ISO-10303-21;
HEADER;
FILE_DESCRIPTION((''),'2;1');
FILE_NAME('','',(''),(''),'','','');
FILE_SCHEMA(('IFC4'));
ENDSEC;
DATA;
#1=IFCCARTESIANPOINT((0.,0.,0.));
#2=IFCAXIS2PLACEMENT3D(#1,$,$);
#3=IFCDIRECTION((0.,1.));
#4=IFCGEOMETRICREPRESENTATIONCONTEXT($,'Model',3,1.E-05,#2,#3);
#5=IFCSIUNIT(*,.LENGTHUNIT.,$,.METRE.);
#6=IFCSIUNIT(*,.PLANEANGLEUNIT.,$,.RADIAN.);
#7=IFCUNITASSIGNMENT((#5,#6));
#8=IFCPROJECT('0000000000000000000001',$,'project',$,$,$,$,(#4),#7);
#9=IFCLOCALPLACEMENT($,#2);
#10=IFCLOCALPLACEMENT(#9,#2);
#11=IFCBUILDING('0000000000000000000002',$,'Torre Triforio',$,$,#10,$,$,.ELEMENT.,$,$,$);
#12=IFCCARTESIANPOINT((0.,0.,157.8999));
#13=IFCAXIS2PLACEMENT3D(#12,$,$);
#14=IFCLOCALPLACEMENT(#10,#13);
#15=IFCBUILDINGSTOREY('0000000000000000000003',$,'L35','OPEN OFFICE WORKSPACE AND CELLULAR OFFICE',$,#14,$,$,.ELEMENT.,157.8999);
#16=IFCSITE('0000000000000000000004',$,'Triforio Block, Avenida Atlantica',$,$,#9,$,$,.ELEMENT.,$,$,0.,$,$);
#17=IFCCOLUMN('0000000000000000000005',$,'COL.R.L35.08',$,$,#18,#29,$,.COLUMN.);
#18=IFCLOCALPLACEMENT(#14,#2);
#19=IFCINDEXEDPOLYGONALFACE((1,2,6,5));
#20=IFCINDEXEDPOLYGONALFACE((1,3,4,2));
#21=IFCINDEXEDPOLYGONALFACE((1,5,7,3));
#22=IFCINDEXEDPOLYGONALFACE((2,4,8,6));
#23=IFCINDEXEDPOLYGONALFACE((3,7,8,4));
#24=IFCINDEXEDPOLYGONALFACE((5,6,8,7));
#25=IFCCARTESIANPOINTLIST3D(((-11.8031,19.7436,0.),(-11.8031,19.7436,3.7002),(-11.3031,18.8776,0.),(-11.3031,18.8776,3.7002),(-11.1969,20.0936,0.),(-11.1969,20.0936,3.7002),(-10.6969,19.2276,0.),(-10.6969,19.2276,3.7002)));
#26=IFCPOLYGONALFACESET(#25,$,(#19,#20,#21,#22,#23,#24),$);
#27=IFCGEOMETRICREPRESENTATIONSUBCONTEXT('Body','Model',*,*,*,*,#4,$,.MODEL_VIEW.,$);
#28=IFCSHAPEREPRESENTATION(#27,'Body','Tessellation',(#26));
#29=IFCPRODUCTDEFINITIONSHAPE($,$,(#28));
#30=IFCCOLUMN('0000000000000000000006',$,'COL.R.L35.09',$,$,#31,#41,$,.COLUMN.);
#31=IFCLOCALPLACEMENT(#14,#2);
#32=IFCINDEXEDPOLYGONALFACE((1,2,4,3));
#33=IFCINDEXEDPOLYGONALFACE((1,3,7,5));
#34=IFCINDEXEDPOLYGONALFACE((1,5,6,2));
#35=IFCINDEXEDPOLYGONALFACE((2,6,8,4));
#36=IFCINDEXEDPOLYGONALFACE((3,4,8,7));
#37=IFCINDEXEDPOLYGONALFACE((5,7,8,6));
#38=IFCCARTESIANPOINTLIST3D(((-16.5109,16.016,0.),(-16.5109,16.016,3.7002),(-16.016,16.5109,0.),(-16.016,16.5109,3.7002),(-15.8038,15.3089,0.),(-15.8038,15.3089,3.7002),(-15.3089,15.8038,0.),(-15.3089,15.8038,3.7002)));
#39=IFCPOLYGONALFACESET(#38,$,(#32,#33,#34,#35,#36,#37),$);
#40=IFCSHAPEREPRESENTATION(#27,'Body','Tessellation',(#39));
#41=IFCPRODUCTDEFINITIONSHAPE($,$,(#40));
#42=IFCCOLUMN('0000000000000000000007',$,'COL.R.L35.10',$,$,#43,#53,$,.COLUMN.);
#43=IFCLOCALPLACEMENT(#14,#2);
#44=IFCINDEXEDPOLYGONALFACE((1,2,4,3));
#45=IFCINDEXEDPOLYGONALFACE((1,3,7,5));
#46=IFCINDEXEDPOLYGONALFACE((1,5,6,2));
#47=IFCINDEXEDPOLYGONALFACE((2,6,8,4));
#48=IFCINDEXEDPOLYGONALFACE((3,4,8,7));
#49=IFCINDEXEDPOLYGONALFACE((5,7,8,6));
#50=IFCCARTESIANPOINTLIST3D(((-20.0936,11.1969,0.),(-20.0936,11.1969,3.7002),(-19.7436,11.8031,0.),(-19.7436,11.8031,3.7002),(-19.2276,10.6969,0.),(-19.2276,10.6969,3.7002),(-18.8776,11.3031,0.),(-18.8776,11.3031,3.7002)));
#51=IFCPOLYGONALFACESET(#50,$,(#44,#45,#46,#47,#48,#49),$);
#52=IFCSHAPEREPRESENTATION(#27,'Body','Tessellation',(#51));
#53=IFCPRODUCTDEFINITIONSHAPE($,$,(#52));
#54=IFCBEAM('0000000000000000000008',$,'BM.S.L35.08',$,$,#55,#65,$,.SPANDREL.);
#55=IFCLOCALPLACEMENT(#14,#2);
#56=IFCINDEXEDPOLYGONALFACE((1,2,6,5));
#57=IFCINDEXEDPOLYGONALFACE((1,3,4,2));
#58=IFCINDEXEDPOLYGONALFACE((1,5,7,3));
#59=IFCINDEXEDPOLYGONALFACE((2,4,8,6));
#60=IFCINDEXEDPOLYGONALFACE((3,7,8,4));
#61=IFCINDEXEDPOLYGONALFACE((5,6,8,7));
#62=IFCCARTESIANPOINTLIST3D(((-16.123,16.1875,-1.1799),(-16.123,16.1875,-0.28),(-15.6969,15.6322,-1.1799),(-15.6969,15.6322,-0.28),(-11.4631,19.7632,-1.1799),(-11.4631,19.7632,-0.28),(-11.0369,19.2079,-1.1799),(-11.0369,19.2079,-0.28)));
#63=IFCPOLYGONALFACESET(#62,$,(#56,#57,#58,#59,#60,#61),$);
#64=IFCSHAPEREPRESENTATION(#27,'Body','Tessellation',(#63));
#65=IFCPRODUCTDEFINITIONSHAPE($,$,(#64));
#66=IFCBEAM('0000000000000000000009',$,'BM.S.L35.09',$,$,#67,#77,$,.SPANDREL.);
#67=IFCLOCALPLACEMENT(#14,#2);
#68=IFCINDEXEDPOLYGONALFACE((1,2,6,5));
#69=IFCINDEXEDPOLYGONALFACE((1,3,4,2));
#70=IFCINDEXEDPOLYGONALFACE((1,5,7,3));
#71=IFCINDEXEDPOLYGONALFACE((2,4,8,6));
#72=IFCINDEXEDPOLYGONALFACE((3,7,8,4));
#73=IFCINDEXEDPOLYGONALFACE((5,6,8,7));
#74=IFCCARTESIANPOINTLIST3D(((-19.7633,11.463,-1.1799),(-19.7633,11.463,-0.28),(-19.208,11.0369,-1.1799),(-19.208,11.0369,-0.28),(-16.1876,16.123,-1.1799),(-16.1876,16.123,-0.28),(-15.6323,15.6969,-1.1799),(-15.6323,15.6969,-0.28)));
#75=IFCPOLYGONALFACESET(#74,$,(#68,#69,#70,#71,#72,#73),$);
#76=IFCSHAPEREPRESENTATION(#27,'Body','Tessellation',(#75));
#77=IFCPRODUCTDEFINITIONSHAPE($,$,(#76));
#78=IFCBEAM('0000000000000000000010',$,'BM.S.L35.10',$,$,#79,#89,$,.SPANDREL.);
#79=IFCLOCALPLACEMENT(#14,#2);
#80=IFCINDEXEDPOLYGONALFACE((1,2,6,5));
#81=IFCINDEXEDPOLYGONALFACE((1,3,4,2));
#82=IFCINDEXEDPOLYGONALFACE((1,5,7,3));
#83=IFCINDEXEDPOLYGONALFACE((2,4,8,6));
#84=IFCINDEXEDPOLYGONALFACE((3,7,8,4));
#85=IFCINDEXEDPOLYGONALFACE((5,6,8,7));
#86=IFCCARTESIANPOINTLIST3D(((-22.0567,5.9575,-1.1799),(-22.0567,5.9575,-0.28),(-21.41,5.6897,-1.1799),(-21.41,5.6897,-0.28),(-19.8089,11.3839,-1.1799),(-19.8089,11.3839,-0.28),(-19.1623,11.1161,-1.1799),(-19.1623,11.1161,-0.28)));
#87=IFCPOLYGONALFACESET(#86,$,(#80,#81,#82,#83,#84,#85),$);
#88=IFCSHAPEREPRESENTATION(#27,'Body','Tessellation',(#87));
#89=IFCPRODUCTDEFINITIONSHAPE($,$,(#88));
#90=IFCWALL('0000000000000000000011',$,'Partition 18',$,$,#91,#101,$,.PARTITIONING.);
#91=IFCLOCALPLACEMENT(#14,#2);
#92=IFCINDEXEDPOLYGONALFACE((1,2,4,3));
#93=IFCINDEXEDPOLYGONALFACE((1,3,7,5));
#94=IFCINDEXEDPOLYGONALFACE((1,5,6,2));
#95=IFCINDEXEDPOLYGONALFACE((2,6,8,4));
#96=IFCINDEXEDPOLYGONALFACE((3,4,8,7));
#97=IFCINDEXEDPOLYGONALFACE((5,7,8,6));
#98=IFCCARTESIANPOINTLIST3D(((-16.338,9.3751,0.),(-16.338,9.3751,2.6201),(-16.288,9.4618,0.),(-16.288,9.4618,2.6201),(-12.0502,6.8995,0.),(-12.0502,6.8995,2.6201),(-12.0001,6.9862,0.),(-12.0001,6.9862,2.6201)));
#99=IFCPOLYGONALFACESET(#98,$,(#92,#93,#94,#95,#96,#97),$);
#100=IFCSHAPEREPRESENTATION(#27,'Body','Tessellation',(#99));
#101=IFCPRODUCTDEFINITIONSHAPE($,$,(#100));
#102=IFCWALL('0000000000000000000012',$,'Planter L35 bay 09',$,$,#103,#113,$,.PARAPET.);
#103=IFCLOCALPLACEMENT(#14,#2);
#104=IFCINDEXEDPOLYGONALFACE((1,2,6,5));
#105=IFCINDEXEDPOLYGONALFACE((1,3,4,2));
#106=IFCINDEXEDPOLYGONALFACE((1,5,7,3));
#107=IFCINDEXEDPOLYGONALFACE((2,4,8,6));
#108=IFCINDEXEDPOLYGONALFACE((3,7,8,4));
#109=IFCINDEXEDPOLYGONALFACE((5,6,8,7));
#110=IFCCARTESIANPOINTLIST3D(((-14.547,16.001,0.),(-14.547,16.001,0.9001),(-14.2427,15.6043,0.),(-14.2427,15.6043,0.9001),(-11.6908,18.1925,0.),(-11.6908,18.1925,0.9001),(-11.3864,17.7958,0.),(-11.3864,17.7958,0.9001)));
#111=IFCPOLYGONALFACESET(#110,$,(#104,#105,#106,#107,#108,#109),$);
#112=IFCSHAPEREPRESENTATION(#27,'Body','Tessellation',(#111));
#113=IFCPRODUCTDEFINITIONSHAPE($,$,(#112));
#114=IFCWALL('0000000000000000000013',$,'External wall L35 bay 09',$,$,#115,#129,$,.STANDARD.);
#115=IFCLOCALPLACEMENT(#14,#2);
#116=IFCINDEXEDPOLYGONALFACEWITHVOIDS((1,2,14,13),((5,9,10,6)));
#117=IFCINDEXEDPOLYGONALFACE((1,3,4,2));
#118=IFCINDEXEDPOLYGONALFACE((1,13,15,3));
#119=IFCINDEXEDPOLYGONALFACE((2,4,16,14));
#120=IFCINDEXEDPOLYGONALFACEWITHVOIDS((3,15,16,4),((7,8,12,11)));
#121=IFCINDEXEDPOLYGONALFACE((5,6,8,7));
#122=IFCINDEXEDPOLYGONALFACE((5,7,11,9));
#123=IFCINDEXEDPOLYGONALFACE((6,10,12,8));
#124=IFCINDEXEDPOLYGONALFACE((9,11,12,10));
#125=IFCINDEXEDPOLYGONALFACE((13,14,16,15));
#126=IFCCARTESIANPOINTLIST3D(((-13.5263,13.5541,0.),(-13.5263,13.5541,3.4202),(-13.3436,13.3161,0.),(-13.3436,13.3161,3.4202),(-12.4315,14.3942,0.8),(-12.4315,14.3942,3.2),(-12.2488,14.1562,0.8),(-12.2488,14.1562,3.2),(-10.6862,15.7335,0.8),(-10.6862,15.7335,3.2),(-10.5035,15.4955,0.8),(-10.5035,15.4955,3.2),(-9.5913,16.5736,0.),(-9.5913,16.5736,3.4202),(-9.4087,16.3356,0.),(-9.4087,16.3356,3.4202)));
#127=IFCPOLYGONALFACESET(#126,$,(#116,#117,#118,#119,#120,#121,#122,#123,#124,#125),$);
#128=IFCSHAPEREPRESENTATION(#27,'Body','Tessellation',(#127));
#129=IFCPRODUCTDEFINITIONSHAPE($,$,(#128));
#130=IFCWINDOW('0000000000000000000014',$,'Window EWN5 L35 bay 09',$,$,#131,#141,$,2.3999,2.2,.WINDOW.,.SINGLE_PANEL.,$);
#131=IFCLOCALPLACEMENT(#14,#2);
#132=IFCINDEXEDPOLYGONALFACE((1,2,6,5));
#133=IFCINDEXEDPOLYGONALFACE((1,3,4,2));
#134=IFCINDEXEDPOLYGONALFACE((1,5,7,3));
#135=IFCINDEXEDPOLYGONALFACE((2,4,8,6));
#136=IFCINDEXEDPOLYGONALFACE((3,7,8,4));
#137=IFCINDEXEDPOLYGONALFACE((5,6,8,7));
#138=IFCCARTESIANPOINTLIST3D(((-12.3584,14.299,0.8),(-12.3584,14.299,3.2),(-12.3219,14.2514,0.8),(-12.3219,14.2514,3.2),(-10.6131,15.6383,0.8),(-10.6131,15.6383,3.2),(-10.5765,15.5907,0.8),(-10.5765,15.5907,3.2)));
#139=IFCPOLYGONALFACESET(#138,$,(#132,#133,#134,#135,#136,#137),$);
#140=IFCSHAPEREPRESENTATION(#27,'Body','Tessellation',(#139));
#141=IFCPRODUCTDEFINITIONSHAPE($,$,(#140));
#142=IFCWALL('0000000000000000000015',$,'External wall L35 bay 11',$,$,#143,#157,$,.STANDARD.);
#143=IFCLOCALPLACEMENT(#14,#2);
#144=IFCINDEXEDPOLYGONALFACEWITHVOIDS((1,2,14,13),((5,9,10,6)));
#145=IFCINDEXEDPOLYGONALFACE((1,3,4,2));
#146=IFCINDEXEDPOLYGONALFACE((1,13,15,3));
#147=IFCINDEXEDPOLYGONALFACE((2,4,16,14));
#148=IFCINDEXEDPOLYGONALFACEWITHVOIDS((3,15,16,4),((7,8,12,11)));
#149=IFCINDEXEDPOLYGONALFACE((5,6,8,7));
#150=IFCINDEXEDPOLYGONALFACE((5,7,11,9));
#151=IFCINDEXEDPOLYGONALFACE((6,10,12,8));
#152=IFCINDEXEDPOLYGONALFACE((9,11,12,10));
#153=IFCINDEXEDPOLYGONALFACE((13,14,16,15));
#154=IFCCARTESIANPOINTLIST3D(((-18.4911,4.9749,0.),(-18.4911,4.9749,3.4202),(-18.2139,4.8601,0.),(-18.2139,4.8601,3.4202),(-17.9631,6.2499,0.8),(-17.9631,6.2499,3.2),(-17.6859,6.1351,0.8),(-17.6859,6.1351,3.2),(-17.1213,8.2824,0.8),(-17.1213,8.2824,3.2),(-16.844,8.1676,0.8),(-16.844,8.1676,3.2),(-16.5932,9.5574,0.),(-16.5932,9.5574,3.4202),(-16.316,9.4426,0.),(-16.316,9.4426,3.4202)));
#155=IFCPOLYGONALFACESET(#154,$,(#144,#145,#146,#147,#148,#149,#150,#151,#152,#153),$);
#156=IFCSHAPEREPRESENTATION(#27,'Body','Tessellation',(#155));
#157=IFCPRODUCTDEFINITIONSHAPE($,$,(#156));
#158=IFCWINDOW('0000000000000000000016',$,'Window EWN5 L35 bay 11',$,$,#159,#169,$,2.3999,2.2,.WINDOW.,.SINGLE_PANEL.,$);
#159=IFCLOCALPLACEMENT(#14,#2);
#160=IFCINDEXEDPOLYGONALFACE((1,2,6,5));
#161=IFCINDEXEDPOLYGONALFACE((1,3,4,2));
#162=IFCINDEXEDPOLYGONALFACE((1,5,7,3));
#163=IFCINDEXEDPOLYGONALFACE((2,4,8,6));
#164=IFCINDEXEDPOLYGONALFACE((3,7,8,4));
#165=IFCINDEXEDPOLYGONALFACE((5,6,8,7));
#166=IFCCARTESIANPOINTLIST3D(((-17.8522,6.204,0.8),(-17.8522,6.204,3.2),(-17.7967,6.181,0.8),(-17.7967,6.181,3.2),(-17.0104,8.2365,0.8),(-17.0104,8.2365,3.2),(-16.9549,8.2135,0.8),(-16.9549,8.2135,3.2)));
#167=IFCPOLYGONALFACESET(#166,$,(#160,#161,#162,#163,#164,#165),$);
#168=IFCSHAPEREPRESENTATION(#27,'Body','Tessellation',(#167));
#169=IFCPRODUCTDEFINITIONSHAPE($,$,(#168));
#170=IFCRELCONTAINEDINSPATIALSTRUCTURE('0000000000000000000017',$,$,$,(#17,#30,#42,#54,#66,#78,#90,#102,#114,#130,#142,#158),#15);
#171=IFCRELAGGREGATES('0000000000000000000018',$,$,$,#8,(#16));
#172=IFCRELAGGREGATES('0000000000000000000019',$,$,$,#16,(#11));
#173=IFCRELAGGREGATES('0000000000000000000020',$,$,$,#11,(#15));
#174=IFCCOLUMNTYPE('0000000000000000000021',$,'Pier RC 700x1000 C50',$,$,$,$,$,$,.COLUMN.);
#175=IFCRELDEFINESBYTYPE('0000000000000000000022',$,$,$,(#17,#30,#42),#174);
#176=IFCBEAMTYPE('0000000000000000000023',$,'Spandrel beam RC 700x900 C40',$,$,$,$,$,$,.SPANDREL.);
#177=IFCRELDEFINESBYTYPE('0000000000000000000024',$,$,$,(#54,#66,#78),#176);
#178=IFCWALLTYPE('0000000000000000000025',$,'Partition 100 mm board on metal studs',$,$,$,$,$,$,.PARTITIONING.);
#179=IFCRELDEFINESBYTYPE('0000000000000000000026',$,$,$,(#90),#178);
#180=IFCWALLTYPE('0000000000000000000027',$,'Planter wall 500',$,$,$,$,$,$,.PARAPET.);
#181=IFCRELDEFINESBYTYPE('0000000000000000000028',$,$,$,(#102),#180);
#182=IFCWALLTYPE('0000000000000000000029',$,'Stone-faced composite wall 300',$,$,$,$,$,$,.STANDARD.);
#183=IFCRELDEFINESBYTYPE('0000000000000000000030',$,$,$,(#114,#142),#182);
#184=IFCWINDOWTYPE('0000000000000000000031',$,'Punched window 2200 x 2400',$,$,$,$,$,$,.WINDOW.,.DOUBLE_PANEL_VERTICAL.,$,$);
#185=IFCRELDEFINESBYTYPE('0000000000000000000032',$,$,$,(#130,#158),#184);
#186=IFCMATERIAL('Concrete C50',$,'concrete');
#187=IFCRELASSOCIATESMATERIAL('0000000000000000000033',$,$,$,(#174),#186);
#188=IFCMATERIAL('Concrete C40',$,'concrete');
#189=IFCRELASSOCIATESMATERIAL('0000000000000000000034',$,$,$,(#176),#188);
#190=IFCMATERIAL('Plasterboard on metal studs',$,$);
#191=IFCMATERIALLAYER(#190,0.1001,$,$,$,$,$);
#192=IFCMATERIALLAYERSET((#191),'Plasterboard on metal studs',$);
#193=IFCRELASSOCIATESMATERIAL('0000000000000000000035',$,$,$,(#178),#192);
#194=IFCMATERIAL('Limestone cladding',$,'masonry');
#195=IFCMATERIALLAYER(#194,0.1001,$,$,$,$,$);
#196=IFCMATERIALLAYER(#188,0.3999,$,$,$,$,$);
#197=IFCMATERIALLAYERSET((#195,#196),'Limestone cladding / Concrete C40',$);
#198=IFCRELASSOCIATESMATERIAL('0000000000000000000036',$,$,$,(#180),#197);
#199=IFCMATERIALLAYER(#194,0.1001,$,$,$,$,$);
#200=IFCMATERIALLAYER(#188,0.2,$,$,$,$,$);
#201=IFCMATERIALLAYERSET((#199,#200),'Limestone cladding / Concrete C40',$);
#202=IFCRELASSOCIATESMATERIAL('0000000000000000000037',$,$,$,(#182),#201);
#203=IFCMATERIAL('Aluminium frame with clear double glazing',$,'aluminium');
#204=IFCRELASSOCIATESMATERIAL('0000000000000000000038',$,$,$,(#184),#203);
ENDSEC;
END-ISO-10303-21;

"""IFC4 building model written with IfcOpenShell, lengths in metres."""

from ifc_helpers import new_model, si_unit, direction, frame, frame_2d, origin, origin_2d, place, context, subcontext, project, spatial, rectangle, extrude, material, layer, layer_set, material_profile, profile_set, type_object, element, fill, save


model = new_model("IFC4")

# Units and contexts
model_context = context("Model", 3, precision=1e-05, world=origin(), true_north=direction((0.0, 1.0)))
body_context = subcontext(model_context, "Body", "Model", "MODEL_VIEW")
ifc_project = project(units=[si_unit("LENGTHUNIT", "METRE"), si_unit("PLANEANGLEUNIT", "RADIAN")], contexts=[model_context])

# Site, building, storey
site_placement = place(None, origin())
site = spatial("IfcSite", under=ifc_project, at=site_placement, Name="Triforio Block, Avenida Atlantica", CompositionType="ELEMENT", RefElevation=0.0)
building_placement = place(site_placement, origin())
building = spatial("IfcBuilding", under=site, at=building_placement, Name="Torre Triforio", CompositionType="ELEMENT")
storey_placement = place(building_placement, frame((0.0, 0.0, 157.8999)))
storey = spatial("IfcBuildingStorey", under=building, at=storey_placement, Name="L35", Description="OPEN OFFICE WORKSPACE AND CELLULAR OFFICE", CompositionType="ELEMENT", Elevation=157.8999)

# Columns
ifc_material_1 = material(Name="Concrete C50", Category="concrete")
ifc_material_profile_1 = material_profile(ifc_material_1, rectangle(XDim=0.7, YDim=1.0, at=origin_2d()), Name="RC 700x1000")
ifc_profile_set_1 = profile_set([ifc_material_profile_1], Name="Concrete C50")
column_type = type_object("IfcColumnType", Name="Pier RC 700x1000 C50", PredefinedType="COLUMN", material=ifc_profile_set_1)
for number, where, z_axis, x_axis, name in (
    (1, (-11.25, 19.4856, 0.0), (0.0, 0.0, 1.0), (-0.866025, -0.5, 0.0), "COL.R.L35.08"),
    (2, (-15.9099, 15.9099, 0.0), (0.0, 0.0, 1.0), (-0.707107, -0.707107, 0.0), "COL.R.L35.09"),
    (3, (-19.4856, 11.25, 0.0), (0.0, 0.0, 1.0), (-0.5, -0.866025, 0.0), "COL.R.L35.10"),
):
    element("IfcColumn", number, at=place(storey_placement, frame(where, z_axis=z_axis, x_axis=x_axis)), inside=storey, type_object=column_type, Name=name, PredefinedType="COLUMN", context=body_context, shape_type="SweptSolid", body=[
        extrude(rectangle(XDim=0.7, YDim=1.0, at=origin_2d()), origin(), (0.0, 0.0, 1.0), 3.7002),
    ])

# Beams
ifc_material_2 = material(Name="Concrete C40", Category="concrete")
ifc_material_profile_2 = material_profile(ifc_material_2, rectangle(XDim=0.7, YDim=0.8999, at=origin_2d()), Name="RC 700x900")
ifc_profile_set_2 = profile_set([ifc_material_profile_2], Name="Concrete C40")
beam_type = type_object("IfcBeamType", Name="Spandrel beam RC 700x900 C40", PredefinedType="SPANDREL", material=ifc_profile_set_2)
for number, where, z_axis, x_axis, name in (
    (4, (-11.25, 19.4856, -0.73), (-0.793353, -0.608762, 0.0), (0.608762, -0.793353, 0.0), "BM.S.L35.08"),
    (5, (-15.9099, 15.9099, -0.73), (-0.608762, -0.793353, 0.0), (0.793353, -0.608762, 0.0), "BM.S.L35.09"),
):
    element("IfcBeam", number, at=place(storey_placement, frame(where, z_axis=z_axis, x_axis=x_axis)), inside=storey, type_object=beam_type, Name=name, PredefinedType="SPANDREL", context=body_context, shape_type="SweptSolid", body=[
        extrude(rectangle(XDim=0.7, YDim=0.8999, at=origin_2d()), origin(), (0.0, 0.0, 1.0), 5.8738),
    ])
beam_placement = place(storey_placement, frame((-19.4856, 11.25, -0.73), z_axis=(-0.382693, -0.923875, 0.0), x_axis=(0.923875, -0.382693, 0.0)))
element("IfcBeam", 6, at=beam_placement, inside=storey, type_object=beam_type, Name="BM.S.L35.10", PredefinedType="SPANDREL", context=body_context, shape_type="SweptSolid", body=[
    extrude(rectangle(XDim=0.7, YDim=0.8999, at=origin_2d()), origin(), (0.0, 0.0, 1.0), 5.8735),
])

# Walls
ifc_material_3 = material(Name="Plasterboard on metal studs")
ifc_layer_1 = layer(ifc_material_3, 0.1001)
ifc_layer_set_1 = layer_set([ifc_layer_1], Name="Plasterboard on metal studs")
wall_type_1 = type_object("IfcWallType", Name="Partition 100 mm board on metal studs", PredefinedType="PARTITIONING", material=ifc_layer_set_1)
wall_1_placement = place(storey_placement, frame((-12.0251, 6.9429, 0.0), z_axis=(0.0, 0.0, 1.0), x_axis=(-0.866025, 0.5, 0.0)))
element("IfcWall", 7, at=wall_1_placement, inside=storey, type_object=wall_type_1, Name="Partition 18", PredefinedType="PARTITIONING", context=body_context, shape_type="SweptSolid", body=[
    extrude(rectangle(XDim=4.9512, YDim=0.1001, at=frame_2d((2.4756, 0.0))), origin(), (0.0, 0.0, 1.0), 2.6201),
])
ifc_material_4 = material(Name="Limestone cladding", Category="masonry")
ifc_layer_2 = layer(ifc_material_4, 0.1001)
ifc_layer_3 = layer(ifc_material_2, 0.3999)
ifc_layer_set_2 = layer_set([ifc_layer_2, ifc_layer_3], Name="Limestone cladding / Concrete C40")
wall_type_2 = type_object("IfcWallType", Name="Planter wall 500", PredefinedType="PARAPET", material=ifc_layer_set_2)
wall_2_placement = place(storey_placement, frame((-11.5386, 17.9941, 0.0), z_axis=(0.0, 0.0, 1.0), x_axis=(-0.793385, -0.608721, 0.0)))
element("IfcWall", 8, at=wall_2_placement, inside=storey, type_object=wall_type_2, Name="Planter L35 bay 09", PredefinedType="PARAPET", context=body_context, shape_type="SweptSolid", body=[
    extrude(rectangle(XDim=3.6001, YDim=0.5, at=frame_2d((1.8, 0.0))), origin(), (0.0, 0.0, 1.0), 0.9001),
])

# Wall, opening, window
ifc_layer_4 = layer(ifc_material_4, 0.1001)
ifc_layer_5 = layer(ifc_material_2, 0.2)
ifc_layer_set_3 = layer_set([ifc_layer_4, ifc_layer_5], Name="Limestone cladding / Concrete C40")
wall_type_3 = type_object("IfcWallType", Name="Stone-faced composite wall 300", PredefinedType="STANDARD", material=ifc_layer_set_3)
wall_3_placement = place(storey_placement, frame((-9.5, 16.4546, 0.0), z_axis=(0.0, 0.0, 1.0), x_axis=(-0.793348, -0.608768, 0.0)))
wall_3 = element("IfcWall", 9, at=wall_3_placement, inside=storey, type_object=wall_type_3, Name="External wall L35 bay 09", PredefinedType="STANDARD", context=body_context, shape_type="SweptSolid", body=[
    extrude(rectangle(XDim=4.96, YDim=0.3, at=frame_2d((2.48, 0.0))), origin(), (0.0, 0.0, 1.0), 3.4202),
])
opening_1_placement = place(wall_3_placement, frame((1.3799, 0.0, 0.8)))
opening_1 = element("IfcOpeningElement", 10, at=opening_1_placement, cuts=wall_3, PredefinedType="OPENING", context=body_context, shape_type="SweptSolid", body=[
    extrude(rectangle(XDim=2.2, YDim=2.3999, at=frame_2d((1.1001, 1.2))), frame((0.0, 0.1599, 0.0), z_axis=(0.0, -1.0, 0.0), x_axis=(1.0, 0.0, 0.0)), (0.0, 0.0, 1.0), 0.3201),
])
ifc_material_5 = material(Name="Aluminium frame with clear double glazing", Category="aluminium")
window_type_1 = type_object("IfcWindowType", Name="Punched window 2200 x 2400", PartitioningType="DOUBLE_PANEL_VERTICAL", PredefinedType="WINDOW", material=ifc_material_5)
window_1_placement = place(opening_1_placement, origin())
window_1 = element("IfcWindow", 11, at=window_1_placement, inside=storey, type_object=window_type_1, Name="Window EWN5 L35 bay 09", OverallHeight=2.3999, OverallWidth=2.2, PartitioningType="SINGLE_PANEL", PredefinedType="WINDOW", context=body_context, shape_type="SweptSolid", body=[
    extrude(rectangle(XDim=2.2, YDim=2.3999, at=frame_2d((1.1001, 1.2))), frame((0.0, 0.03, 0.0), z_axis=(0.0, -1.0, 0.0), x_axis=(1.0, 0.0, 0.0)), (0.0, 0.0, 1.0), 0.0601),
])
fill(opening_1, window_1)

# Wall, opening, window
wall_4_placement = place(storey_placement, frame((-16.4546, 9.5, 0.0), z_axis=(0.0, 0.0, 1.0), x_axis=(-0.38265, -0.923893, 0.0)))
wall_4 = element("IfcWall", 12, at=wall_4_placement, inside=storey, type_object=wall_type_3, Name="External wall L35 bay 11", PredefinedType="STANDARD", context=body_context, shape_type="SweptSolid", body=[
    extrude(rectangle(XDim=4.96, YDim=0.3, at=frame_2d((2.48, 0.0))), origin(), (0.0, 0.0, 1.0), 3.4202),
])
opening_2_placement = place(wall_4_placement, frame((1.3799, 0.0, 0.8)))
opening_2 = element("IfcOpeningElement", 13, at=opening_2_placement, cuts=wall_4, PredefinedType="OPENING", context=body_context, shape_type="SweptSolid", body=[
    extrude(rectangle(XDim=2.2, YDim=2.3999, at=frame_2d((1.1001, 1.2))), frame((0.0, 0.1599, 0.0), z_axis=(0.0, -1.0, 0.0), x_axis=(1.0, 0.0, 0.0)), (0.0, 0.0, 1.0), 0.3201),
])
window_2_placement = place(opening_2_placement, origin())
window_2 = element("IfcWindow", 14, at=window_2_placement, inside=storey, type_object=window_type_1, Name="Window EWN5 L35 bay 11", OverallHeight=2.3999, OverallWidth=2.2, PartitioningType="SINGLE_PANEL", PredefinedType="WINDOW", context=body_context, shape_type="SweptSolid", body=[
    extrude(rectangle(XDim=2.2, YDim=2.3999, at=frame_2d((1.1001, 1.2))), frame((0.0, 0.03, 0.0), z_axis=(0.0, -1.0, 0.0), x_axis=(1.0, 0.0, 0.0)), (0.0, 0.0, 1.0), 0.0601),
])
fill(opening_2, window_2)

save(model, "model.ifc")
